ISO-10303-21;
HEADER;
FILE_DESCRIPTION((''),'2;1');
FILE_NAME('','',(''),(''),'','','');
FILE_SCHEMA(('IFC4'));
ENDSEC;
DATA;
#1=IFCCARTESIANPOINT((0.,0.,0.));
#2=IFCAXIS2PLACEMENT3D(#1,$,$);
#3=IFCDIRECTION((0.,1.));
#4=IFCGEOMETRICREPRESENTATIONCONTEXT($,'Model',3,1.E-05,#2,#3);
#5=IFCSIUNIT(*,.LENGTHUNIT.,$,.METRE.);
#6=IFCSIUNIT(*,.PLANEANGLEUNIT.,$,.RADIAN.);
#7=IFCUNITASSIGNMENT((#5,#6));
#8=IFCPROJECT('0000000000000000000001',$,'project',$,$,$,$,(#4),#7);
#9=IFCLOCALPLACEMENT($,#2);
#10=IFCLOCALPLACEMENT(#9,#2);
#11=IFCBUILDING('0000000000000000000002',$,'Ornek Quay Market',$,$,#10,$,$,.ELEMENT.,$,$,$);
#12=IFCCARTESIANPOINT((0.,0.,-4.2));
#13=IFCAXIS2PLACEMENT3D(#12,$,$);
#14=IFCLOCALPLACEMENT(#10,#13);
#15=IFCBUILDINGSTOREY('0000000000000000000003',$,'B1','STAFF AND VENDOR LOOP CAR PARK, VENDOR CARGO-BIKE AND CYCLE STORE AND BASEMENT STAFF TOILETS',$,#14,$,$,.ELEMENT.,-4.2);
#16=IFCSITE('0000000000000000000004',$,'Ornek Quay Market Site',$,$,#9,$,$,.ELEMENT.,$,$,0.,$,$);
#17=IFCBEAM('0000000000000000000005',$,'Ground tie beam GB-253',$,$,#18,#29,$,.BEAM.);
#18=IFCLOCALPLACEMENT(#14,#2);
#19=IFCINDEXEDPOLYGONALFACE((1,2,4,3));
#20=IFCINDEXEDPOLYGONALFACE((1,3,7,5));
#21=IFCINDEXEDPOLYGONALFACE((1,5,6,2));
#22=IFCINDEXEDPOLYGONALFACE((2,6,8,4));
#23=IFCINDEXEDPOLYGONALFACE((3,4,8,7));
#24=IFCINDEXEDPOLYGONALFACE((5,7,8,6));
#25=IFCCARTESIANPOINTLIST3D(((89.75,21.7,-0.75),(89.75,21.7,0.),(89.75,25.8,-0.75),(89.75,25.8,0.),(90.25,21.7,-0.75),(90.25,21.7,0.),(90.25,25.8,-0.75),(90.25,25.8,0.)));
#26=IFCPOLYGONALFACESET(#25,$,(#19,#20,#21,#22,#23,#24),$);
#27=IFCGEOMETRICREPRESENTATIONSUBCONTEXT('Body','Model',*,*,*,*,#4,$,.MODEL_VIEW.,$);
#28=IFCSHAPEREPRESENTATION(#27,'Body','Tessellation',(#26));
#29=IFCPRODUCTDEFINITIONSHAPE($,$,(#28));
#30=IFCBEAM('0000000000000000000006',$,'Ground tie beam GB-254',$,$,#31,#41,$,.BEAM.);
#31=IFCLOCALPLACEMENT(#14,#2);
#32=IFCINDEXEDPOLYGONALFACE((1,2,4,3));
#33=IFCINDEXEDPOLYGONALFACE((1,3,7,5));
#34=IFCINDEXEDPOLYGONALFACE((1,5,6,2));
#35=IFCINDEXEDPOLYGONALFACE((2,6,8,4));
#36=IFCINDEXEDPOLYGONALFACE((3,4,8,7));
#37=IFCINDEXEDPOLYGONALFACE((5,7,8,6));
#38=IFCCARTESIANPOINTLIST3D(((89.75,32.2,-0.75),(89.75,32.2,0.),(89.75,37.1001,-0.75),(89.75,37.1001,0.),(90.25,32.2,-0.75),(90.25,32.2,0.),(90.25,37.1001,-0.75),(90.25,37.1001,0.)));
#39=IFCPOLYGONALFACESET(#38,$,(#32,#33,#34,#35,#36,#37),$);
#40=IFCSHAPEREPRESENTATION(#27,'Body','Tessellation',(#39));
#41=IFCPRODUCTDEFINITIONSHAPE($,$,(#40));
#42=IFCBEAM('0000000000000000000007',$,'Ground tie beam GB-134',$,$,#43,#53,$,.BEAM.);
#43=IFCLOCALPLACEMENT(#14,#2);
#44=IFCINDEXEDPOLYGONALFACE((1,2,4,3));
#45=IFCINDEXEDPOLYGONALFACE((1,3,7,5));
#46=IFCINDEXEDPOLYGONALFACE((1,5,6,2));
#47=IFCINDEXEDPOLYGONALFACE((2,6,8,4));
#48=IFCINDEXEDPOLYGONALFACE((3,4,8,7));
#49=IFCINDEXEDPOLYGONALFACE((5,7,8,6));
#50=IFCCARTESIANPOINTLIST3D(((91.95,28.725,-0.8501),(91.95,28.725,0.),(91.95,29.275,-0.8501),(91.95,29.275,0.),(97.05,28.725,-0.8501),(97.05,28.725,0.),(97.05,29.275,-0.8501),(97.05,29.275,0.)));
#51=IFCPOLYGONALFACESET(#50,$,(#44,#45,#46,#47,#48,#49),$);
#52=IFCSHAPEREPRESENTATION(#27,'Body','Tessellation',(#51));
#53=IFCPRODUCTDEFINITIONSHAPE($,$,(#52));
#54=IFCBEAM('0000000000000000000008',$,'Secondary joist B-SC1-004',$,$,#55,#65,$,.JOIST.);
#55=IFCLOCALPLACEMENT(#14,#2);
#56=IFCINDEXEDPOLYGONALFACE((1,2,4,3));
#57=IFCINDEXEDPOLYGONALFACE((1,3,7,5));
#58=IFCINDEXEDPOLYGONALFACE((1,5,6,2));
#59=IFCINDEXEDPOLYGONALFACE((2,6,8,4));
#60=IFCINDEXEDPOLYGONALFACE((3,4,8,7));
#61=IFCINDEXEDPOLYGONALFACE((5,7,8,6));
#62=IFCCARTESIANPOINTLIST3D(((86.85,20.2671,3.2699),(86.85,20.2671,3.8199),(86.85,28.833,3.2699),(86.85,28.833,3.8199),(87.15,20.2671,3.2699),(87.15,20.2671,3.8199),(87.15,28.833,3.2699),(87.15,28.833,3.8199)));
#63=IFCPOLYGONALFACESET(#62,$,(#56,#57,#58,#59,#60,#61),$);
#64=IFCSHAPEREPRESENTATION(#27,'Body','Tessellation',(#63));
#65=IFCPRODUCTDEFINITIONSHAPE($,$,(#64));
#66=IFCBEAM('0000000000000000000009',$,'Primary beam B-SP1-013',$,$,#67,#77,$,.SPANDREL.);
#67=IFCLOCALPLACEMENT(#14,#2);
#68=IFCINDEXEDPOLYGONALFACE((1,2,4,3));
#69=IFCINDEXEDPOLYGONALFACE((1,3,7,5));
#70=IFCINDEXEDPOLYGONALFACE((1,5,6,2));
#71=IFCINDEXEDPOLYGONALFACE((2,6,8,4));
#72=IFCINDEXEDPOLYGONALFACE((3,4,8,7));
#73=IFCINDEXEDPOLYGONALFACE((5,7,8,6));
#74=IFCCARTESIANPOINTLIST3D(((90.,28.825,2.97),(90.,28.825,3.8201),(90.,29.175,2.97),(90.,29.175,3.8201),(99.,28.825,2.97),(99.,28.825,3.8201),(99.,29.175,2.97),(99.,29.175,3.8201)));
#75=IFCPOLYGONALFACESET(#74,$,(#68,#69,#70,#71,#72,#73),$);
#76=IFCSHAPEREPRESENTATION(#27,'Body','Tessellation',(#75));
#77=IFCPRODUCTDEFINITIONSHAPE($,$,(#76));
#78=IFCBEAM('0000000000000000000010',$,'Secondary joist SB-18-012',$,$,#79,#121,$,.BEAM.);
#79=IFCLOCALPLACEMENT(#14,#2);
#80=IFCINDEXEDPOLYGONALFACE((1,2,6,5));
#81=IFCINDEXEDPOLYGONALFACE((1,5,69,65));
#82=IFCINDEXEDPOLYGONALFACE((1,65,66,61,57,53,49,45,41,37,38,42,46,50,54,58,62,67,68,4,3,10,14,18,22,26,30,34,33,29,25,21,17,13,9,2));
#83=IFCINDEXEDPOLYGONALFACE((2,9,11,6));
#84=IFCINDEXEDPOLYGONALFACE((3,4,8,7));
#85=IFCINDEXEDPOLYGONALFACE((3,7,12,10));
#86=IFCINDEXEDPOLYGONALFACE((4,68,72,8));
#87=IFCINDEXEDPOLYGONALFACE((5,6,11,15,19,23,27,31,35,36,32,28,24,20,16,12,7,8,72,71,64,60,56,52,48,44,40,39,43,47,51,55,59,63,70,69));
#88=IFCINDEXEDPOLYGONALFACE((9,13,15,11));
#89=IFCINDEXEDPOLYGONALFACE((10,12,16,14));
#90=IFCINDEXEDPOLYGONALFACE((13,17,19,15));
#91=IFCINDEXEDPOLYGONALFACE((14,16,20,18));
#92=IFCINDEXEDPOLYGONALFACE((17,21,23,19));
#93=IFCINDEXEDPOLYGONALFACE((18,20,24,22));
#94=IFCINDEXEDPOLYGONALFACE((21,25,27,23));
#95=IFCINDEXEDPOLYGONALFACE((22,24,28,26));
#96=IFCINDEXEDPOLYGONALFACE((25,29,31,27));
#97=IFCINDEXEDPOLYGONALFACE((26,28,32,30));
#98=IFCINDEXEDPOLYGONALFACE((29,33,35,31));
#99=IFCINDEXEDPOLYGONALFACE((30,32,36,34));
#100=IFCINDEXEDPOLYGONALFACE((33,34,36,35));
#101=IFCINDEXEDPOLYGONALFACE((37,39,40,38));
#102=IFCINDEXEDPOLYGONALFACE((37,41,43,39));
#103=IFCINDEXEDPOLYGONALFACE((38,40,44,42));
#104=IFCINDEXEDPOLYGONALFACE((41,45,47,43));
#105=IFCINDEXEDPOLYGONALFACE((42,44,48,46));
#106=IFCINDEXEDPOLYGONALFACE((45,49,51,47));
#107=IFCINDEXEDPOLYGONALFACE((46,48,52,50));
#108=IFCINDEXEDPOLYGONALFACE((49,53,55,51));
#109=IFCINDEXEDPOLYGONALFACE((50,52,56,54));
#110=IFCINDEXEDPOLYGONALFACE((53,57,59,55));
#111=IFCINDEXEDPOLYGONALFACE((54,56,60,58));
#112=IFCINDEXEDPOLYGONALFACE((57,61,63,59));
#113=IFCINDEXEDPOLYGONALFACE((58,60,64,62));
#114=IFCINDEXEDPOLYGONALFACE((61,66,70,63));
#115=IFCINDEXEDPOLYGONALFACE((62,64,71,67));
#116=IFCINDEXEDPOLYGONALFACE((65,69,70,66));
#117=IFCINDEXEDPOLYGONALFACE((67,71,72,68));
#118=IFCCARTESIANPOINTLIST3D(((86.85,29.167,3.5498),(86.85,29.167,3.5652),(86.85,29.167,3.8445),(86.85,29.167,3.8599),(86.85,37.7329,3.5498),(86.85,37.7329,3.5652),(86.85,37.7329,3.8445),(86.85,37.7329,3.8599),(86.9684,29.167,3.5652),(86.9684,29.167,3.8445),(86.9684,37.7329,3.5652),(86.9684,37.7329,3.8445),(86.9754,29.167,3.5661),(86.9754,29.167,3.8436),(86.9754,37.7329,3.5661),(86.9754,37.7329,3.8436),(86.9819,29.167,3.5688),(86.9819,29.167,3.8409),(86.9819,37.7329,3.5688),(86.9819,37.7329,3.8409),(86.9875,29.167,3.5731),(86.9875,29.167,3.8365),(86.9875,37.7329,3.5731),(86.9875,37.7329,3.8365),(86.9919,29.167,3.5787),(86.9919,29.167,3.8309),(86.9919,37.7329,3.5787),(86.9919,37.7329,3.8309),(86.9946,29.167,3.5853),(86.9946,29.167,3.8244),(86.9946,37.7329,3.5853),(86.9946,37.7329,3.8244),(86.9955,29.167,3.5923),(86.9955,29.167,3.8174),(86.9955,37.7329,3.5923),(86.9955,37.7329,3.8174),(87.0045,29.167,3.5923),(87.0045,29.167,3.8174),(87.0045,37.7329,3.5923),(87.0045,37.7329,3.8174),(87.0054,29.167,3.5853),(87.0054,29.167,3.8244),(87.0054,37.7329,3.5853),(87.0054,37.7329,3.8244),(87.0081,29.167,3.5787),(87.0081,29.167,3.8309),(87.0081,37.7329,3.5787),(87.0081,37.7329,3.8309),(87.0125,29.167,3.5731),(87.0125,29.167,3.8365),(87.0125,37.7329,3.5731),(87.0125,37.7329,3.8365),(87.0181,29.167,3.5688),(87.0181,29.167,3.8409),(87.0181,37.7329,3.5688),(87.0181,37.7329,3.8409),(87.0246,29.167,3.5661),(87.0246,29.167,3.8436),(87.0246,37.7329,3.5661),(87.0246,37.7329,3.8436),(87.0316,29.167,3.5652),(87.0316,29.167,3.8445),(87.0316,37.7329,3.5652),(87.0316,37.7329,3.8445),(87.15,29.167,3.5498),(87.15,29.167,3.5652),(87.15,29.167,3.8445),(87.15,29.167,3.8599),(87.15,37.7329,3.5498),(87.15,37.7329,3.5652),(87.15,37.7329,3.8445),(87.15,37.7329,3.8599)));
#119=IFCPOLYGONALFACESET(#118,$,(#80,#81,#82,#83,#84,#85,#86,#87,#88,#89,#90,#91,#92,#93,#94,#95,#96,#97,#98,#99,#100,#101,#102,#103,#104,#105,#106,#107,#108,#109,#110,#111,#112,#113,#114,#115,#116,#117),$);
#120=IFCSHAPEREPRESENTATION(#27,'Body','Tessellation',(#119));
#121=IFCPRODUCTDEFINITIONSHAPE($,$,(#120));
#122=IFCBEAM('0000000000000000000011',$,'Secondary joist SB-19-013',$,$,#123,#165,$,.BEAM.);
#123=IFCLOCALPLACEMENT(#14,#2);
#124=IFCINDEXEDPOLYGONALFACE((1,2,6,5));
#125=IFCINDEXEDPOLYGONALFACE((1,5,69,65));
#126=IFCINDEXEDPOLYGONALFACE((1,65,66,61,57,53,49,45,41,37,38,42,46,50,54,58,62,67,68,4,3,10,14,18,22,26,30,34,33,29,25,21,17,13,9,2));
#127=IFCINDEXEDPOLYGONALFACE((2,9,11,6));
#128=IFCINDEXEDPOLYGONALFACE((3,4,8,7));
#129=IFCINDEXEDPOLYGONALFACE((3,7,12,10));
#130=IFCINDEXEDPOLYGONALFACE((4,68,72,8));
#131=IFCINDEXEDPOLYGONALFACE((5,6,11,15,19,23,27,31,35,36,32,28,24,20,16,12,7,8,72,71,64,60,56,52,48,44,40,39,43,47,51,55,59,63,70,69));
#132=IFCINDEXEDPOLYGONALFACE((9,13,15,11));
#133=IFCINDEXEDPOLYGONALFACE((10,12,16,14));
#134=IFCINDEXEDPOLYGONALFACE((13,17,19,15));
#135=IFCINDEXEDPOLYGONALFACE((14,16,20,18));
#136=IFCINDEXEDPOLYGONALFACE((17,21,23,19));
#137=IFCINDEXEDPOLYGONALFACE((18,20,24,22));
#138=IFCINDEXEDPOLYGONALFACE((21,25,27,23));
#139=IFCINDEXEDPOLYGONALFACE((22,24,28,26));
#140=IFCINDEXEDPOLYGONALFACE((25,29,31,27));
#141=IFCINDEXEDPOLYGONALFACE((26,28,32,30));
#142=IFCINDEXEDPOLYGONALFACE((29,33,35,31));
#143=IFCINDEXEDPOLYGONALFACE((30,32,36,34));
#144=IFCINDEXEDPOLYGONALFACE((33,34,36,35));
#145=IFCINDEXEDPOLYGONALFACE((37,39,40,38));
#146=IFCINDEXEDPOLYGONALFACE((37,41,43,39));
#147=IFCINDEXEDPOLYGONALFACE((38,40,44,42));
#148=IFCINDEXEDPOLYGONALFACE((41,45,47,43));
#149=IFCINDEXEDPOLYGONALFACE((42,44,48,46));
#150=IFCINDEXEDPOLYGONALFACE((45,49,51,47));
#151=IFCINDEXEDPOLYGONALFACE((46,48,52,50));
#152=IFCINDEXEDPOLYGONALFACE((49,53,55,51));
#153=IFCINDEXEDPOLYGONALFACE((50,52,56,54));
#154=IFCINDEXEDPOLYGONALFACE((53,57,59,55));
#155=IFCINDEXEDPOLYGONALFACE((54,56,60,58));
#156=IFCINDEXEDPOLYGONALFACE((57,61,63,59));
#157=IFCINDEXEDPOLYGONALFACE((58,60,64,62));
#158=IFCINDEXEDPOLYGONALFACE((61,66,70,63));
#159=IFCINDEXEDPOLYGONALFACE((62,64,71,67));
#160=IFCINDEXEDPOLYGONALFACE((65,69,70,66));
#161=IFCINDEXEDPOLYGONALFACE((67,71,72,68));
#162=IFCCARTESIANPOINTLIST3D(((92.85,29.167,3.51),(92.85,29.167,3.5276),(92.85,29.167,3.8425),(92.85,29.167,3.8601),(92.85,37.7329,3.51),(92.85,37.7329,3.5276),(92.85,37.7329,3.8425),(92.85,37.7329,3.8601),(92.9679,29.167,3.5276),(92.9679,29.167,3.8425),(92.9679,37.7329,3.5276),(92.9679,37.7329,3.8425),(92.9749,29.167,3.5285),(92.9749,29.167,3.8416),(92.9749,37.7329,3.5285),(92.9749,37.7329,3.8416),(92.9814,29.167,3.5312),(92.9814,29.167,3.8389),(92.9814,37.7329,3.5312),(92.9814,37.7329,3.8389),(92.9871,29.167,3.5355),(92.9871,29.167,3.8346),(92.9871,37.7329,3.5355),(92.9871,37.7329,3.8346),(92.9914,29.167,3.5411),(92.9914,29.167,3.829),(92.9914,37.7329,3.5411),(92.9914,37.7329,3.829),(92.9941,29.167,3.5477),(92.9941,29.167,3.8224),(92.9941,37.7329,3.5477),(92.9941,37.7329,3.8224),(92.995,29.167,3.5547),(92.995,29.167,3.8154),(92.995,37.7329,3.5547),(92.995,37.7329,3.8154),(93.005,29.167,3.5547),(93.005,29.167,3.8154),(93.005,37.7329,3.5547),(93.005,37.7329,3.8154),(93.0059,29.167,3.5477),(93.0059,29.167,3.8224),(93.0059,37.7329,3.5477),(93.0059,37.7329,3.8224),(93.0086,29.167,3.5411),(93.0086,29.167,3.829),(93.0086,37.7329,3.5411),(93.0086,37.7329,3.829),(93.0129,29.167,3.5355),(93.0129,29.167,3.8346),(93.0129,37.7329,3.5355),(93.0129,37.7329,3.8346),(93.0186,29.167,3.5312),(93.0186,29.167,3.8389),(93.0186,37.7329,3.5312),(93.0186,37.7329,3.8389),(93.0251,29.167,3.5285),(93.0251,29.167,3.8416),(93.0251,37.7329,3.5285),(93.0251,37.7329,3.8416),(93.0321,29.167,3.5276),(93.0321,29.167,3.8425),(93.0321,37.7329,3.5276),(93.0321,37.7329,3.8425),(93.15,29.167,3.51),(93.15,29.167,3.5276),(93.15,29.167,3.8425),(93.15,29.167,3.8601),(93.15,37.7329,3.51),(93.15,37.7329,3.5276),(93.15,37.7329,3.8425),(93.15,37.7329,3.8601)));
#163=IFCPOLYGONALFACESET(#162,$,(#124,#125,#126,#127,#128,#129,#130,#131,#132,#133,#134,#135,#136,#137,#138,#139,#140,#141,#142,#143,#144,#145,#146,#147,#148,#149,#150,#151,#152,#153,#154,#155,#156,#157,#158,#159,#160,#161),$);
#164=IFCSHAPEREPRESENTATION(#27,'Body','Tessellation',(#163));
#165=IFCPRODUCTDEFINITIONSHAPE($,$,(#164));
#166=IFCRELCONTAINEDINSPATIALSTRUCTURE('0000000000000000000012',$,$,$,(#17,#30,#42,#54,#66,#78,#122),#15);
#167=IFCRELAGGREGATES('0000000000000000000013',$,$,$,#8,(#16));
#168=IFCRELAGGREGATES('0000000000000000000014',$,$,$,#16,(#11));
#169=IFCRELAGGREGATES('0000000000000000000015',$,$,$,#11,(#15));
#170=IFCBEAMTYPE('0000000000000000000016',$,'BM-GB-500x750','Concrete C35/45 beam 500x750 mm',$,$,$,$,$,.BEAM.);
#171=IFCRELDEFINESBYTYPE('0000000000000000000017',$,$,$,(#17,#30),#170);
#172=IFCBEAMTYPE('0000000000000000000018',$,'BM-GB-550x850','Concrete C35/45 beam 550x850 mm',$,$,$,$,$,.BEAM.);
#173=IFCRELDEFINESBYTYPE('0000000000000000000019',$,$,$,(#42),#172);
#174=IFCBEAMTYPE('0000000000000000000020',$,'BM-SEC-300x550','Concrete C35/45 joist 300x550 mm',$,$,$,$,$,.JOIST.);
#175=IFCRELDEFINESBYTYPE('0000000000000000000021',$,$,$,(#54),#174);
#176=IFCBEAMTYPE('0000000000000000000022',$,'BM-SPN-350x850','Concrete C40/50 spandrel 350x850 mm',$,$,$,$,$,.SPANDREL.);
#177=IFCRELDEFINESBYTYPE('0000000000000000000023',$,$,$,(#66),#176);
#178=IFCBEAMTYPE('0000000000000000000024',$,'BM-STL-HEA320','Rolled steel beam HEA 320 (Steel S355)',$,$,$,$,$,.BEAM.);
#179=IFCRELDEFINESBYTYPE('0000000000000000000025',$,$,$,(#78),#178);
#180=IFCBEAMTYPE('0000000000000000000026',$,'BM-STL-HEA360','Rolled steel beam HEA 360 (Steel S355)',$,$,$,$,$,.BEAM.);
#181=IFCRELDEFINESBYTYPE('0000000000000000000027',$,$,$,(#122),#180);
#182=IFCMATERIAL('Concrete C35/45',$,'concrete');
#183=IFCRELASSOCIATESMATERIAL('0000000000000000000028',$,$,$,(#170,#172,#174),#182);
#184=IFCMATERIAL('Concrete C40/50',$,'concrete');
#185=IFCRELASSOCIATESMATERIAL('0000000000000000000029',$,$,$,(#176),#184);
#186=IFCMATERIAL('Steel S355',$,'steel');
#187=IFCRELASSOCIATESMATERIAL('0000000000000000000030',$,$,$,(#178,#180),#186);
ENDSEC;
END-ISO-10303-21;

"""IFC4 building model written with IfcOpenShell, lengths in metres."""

from ifc_helpers import new_model, si_unit, direction, frame, origin, origin_2d, place, context, subcontext, project, spatial, rectangle, i_section, extrude, material, material_profile, profile_set, type_object, element, save


model = new_model("IFC4")

# Units and contexts
model_context = context("Model", 3, precision=1e-05, world=origin(), true_north=direction((0.0, 1.0)))
body_context = subcontext(model_context, "Body", "Model", "MODEL_VIEW")
ifc_project = project(units=[si_unit("LENGTHUNIT", "METRE"), si_unit("PLANEANGLEUNIT", "RADIAN")], contexts=[model_context])

# Site, building, storey
site_placement = place(None, origin())
site = spatial("IfcSite", under=ifc_project, at=site_placement, Name="Ornek Quay Market Site", CompositionType="ELEMENT", RefElevation=0.0)
building_placement = place(site_placement, origin())
building = spatial("IfcBuilding", under=site, at=building_placement, Name="Ornek Quay Market", CompositionType="ELEMENT")
storey_placement = place(building_placement, frame((0.0, 0.0, -4.2)))
storey = spatial("IfcBuildingStorey", under=building, at=storey_placement, Name="B1", Description="STAFF AND VENDOR LOOP CAR PARK, VENDOR CARGO-BIKE AND CYCLE STORE AND BASEMENT STAFF TOILETS", CompositionType="ELEMENT", Elevation=-4.2)

# Shared definitions
ifc_material_1 = material(Name="Concrete C35/45", Category="concrete")

# Shared definitions
ifc_material_2 = material(Name="Concrete C40/50", Category="concrete")

# Beams
ifc_material_profile_1 = material_profile(ifc_material_1, rectangle(XDim=0.5, YDim=0.75, at=origin_2d()), Name="RC 500x750", Category="concrete")
ifc_profile_set_1 = profile_set([ifc_material_profile_1], Name="Concrete C35/45")
beam_type_1 = type_object("IfcBeamType", Name="BM-GB-500x750", Description="Concrete C35/45 beam 500x750 mm", PredefinedType="BEAM", material=ifc_profile_set_1)
beam_1_placement = place(storey_placement, frame((90.0, 21.7, -0.375), z_axis=(0.0, 1.0, 0.0), x_axis=(-1.0, 0.0, 0.0)))
element("IfcBeam", 1, at=beam_1_placement, inside=storey, type_object=beam_type_1, Name="Ground tie beam GB-253", PredefinedType="BEAM", context=body_context, shape_type="SweptSolid", body=[
    extrude(rectangle(XDim=0.5, YDim=0.75, at=origin_2d()), origin(), (0.0, 0.0, 1.0), 4.1001),
])
beam_2_placement = place(storey_placement, frame((90.0, 32.2, -0.375), z_axis=(0.0, 1.0, 0.0), x_axis=(-1.0, 0.0, 0.0)))
element("IfcBeam", 2, at=beam_2_placement, inside=storey, type_object=beam_type_1, Name="Ground tie beam GB-254", PredefinedType="BEAM", context=body_context, shape_type="SweptSolid", body=[
    extrude(rectangle(XDim=0.5, YDim=0.75, at=origin_2d()), origin(), (0.0, 0.0, 1.0), 4.9001),
])
ifc_material_profile_2 = material_profile(ifc_material_1, rectangle(XDim=0.55, YDim=0.8501, at=origin_2d()), Name="RC 550x850", Category="concrete")
ifc_profile_set_2 = profile_set([ifc_material_profile_2], Name="Concrete C35/45")
beam_type_2 = type_object("IfcBeamType", Name="BM-GB-550x850", Description="Concrete C35/45 beam 550x850 mm", PredefinedType="BEAM", material=ifc_profile_set_2)
beam_3_placement = place(storey_placement, frame((91.95, 29.0, -0.425), z_axis=(1.0, 0.0, 0.0), x_axis=(0.0, 1.0, 0.0)))
element("IfcBeam", 3, at=beam_3_placement, inside=storey, type_object=beam_type_2, Name="Ground tie beam GB-134", PredefinedType="BEAM", context=body_context, shape_type="SweptSolid", body=[
    extrude(rectangle(XDim=0.55, YDim=0.8501, at=origin_2d()), origin(), (0.0, 0.0, 1.0), 5.1001),
])
ifc_material_profile_3 = material_profile(ifc_material_1, rectangle(XDim=0.3, YDim=0.55, at=origin_2d()), Name="RC 300x550", Category="concrete")
ifc_profile_set_3 = profile_set([ifc_material_profile_3], Name="Concrete C35/45")
beam_type_3 = type_object("IfcBeamType", Name="BM-SEC-300x550", Description="Concrete C35/45 joist 300x550 mm", PredefinedType="JOIST", material=ifc_profile_set_3)
beam_4_placement = place(storey_placement, frame((87.0, 20.2671, 3.5449), z_axis=(0.0, 1.0, 0.0), x_axis=(-1.0, 0.0, 0.0)))
element("IfcBeam", 4, at=beam_4_placement, inside=storey, type_object=beam_type_3, Name="Secondary joist B-SC1-004", PredefinedType="JOIST", context=body_context, shape_type="SweptSolid", body=[
    extrude(rectangle(XDim=0.3, YDim=0.55, at=origin_2d()), origin(), (0.0, 0.0, 1.0), 8.5659),
])
ifc_material_profile_4 = material_profile(ifc_material_2, rectangle(XDim=0.3501, YDim=0.8501, at=origin_2d()), Name="RC 350x850", Category="concrete")
ifc_profile_set_4 = profile_set([ifc_material_profile_4], Name="Concrete C40/50")
beam_type_4 = type_object("IfcBeamType", Name="BM-SPN-350x850", Description="Concrete C40/50 spandrel 350x850 mm", PredefinedType="SPANDREL", material=ifc_profile_set_4)
beam_5_placement = place(storey_placement, frame((90.0, 29.0, 3.395), z_axis=(1.0, 0.0, 0.0), x_axis=(0.0, 1.0, 0.0)))
element("IfcBeam", 5, at=beam_5_placement, inside=storey, type_object=beam_type_4, Name="Primary beam B-SP1-013", PredefinedType="SPANDREL", context=body_context, shape_type="SweptSolid", body=[
    extrude(rectangle(XDim=0.3501, YDim=0.8501, at=origin_2d()), origin(), (0.0, 0.0, 1.0), 9.0),
])
ifc_material_3 = material(Name="Steel S355", Category="steel")
ifc_material_profile_5 = material_profile(ifc_material_3, i_section(OverallWidth=0.3, OverallDepth=0.3101, WebThickness=0.009, FlangeThickness=0.0154, FilletRadius=0.0271, at=origin_2d()), Name="HEA 320", Category="steel")
ifc_profile_set_5 = profile_set([ifc_material_profile_5], Name="Steel S355")
beam_type_5 = type_object("IfcBeamType", Name="BM-STL-HEA320", Description="Rolled steel beam HEA 320 (Steel S355)", PredefinedType="BEAM", material=ifc_profile_set_5)
beam_6_placement = place(storey_placement, frame((87.0, 29.167, 3.7048), z_axis=(0.0, 1.0, 0.0), x_axis=(-1.0, 0.0, 0.0)))
element("IfcBeam", 6, at=beam_6_placement, inside=storey, type_object=beam_type_5, Name="Secondary joist SB-18-012", PredefinedType="BEAM", context=body_context, shape_type="SweptSolid", body=[
    extrude(i_section(OverallWidth=0.3, OverallDepth=0.3101, WebThickness=0.009, FlangeThickness=0.0154, FilletRadius=0.0271, at=origin_2d()), origin(), (0.0, 0.0, 1.0), 8.5659),
])
ifc_material_profile_6 = material_profile(ifc_material_3, i_section(OverallWidth=0.3, OverallDepth=0.3501, WebThickness=0.01, FlangeThickness=0.0176, FilletRadius=0.0271, at=origin_2d()), Name="HEA 360", Category="steel")
ifc_profile_set_6 = profile_set([ifc_material_profile_6], Name="Steel S355")
beam_type_6 = type_object("IfcBeamType", Name="BM-STL-HEA360", Description="Rolled steel beam HEA 360 (Steel S355)", PredefinedType="BEAM", material=ifc_profile_set_6)
beam_7_placement = place(storey_placement, frame((93.0, 29.167, 3.6851), z_axis=(0.0, 1.0, 0.0), x_axis=(-1.0, 0.0, 0.0)))
element("IfcBeam", 7, at=beam_7_placement, inside=storey, type_object=beam_type_6, Name="Secondary joist SB-19-013", PredefinedType="BEAM", context=body_context, shape_type="SweptSolid", body=[
    extrude(i_section(OverallWidth=0.3, OverallDepth=0.3501, WebThickness=0.01, FlangeThickness=0.0176, FilletRadius=0.0271, at=origin_2d()), origin(), (0.0, 0.0, 1.0), 8.5659),
])

save(model, "model.ifc")
